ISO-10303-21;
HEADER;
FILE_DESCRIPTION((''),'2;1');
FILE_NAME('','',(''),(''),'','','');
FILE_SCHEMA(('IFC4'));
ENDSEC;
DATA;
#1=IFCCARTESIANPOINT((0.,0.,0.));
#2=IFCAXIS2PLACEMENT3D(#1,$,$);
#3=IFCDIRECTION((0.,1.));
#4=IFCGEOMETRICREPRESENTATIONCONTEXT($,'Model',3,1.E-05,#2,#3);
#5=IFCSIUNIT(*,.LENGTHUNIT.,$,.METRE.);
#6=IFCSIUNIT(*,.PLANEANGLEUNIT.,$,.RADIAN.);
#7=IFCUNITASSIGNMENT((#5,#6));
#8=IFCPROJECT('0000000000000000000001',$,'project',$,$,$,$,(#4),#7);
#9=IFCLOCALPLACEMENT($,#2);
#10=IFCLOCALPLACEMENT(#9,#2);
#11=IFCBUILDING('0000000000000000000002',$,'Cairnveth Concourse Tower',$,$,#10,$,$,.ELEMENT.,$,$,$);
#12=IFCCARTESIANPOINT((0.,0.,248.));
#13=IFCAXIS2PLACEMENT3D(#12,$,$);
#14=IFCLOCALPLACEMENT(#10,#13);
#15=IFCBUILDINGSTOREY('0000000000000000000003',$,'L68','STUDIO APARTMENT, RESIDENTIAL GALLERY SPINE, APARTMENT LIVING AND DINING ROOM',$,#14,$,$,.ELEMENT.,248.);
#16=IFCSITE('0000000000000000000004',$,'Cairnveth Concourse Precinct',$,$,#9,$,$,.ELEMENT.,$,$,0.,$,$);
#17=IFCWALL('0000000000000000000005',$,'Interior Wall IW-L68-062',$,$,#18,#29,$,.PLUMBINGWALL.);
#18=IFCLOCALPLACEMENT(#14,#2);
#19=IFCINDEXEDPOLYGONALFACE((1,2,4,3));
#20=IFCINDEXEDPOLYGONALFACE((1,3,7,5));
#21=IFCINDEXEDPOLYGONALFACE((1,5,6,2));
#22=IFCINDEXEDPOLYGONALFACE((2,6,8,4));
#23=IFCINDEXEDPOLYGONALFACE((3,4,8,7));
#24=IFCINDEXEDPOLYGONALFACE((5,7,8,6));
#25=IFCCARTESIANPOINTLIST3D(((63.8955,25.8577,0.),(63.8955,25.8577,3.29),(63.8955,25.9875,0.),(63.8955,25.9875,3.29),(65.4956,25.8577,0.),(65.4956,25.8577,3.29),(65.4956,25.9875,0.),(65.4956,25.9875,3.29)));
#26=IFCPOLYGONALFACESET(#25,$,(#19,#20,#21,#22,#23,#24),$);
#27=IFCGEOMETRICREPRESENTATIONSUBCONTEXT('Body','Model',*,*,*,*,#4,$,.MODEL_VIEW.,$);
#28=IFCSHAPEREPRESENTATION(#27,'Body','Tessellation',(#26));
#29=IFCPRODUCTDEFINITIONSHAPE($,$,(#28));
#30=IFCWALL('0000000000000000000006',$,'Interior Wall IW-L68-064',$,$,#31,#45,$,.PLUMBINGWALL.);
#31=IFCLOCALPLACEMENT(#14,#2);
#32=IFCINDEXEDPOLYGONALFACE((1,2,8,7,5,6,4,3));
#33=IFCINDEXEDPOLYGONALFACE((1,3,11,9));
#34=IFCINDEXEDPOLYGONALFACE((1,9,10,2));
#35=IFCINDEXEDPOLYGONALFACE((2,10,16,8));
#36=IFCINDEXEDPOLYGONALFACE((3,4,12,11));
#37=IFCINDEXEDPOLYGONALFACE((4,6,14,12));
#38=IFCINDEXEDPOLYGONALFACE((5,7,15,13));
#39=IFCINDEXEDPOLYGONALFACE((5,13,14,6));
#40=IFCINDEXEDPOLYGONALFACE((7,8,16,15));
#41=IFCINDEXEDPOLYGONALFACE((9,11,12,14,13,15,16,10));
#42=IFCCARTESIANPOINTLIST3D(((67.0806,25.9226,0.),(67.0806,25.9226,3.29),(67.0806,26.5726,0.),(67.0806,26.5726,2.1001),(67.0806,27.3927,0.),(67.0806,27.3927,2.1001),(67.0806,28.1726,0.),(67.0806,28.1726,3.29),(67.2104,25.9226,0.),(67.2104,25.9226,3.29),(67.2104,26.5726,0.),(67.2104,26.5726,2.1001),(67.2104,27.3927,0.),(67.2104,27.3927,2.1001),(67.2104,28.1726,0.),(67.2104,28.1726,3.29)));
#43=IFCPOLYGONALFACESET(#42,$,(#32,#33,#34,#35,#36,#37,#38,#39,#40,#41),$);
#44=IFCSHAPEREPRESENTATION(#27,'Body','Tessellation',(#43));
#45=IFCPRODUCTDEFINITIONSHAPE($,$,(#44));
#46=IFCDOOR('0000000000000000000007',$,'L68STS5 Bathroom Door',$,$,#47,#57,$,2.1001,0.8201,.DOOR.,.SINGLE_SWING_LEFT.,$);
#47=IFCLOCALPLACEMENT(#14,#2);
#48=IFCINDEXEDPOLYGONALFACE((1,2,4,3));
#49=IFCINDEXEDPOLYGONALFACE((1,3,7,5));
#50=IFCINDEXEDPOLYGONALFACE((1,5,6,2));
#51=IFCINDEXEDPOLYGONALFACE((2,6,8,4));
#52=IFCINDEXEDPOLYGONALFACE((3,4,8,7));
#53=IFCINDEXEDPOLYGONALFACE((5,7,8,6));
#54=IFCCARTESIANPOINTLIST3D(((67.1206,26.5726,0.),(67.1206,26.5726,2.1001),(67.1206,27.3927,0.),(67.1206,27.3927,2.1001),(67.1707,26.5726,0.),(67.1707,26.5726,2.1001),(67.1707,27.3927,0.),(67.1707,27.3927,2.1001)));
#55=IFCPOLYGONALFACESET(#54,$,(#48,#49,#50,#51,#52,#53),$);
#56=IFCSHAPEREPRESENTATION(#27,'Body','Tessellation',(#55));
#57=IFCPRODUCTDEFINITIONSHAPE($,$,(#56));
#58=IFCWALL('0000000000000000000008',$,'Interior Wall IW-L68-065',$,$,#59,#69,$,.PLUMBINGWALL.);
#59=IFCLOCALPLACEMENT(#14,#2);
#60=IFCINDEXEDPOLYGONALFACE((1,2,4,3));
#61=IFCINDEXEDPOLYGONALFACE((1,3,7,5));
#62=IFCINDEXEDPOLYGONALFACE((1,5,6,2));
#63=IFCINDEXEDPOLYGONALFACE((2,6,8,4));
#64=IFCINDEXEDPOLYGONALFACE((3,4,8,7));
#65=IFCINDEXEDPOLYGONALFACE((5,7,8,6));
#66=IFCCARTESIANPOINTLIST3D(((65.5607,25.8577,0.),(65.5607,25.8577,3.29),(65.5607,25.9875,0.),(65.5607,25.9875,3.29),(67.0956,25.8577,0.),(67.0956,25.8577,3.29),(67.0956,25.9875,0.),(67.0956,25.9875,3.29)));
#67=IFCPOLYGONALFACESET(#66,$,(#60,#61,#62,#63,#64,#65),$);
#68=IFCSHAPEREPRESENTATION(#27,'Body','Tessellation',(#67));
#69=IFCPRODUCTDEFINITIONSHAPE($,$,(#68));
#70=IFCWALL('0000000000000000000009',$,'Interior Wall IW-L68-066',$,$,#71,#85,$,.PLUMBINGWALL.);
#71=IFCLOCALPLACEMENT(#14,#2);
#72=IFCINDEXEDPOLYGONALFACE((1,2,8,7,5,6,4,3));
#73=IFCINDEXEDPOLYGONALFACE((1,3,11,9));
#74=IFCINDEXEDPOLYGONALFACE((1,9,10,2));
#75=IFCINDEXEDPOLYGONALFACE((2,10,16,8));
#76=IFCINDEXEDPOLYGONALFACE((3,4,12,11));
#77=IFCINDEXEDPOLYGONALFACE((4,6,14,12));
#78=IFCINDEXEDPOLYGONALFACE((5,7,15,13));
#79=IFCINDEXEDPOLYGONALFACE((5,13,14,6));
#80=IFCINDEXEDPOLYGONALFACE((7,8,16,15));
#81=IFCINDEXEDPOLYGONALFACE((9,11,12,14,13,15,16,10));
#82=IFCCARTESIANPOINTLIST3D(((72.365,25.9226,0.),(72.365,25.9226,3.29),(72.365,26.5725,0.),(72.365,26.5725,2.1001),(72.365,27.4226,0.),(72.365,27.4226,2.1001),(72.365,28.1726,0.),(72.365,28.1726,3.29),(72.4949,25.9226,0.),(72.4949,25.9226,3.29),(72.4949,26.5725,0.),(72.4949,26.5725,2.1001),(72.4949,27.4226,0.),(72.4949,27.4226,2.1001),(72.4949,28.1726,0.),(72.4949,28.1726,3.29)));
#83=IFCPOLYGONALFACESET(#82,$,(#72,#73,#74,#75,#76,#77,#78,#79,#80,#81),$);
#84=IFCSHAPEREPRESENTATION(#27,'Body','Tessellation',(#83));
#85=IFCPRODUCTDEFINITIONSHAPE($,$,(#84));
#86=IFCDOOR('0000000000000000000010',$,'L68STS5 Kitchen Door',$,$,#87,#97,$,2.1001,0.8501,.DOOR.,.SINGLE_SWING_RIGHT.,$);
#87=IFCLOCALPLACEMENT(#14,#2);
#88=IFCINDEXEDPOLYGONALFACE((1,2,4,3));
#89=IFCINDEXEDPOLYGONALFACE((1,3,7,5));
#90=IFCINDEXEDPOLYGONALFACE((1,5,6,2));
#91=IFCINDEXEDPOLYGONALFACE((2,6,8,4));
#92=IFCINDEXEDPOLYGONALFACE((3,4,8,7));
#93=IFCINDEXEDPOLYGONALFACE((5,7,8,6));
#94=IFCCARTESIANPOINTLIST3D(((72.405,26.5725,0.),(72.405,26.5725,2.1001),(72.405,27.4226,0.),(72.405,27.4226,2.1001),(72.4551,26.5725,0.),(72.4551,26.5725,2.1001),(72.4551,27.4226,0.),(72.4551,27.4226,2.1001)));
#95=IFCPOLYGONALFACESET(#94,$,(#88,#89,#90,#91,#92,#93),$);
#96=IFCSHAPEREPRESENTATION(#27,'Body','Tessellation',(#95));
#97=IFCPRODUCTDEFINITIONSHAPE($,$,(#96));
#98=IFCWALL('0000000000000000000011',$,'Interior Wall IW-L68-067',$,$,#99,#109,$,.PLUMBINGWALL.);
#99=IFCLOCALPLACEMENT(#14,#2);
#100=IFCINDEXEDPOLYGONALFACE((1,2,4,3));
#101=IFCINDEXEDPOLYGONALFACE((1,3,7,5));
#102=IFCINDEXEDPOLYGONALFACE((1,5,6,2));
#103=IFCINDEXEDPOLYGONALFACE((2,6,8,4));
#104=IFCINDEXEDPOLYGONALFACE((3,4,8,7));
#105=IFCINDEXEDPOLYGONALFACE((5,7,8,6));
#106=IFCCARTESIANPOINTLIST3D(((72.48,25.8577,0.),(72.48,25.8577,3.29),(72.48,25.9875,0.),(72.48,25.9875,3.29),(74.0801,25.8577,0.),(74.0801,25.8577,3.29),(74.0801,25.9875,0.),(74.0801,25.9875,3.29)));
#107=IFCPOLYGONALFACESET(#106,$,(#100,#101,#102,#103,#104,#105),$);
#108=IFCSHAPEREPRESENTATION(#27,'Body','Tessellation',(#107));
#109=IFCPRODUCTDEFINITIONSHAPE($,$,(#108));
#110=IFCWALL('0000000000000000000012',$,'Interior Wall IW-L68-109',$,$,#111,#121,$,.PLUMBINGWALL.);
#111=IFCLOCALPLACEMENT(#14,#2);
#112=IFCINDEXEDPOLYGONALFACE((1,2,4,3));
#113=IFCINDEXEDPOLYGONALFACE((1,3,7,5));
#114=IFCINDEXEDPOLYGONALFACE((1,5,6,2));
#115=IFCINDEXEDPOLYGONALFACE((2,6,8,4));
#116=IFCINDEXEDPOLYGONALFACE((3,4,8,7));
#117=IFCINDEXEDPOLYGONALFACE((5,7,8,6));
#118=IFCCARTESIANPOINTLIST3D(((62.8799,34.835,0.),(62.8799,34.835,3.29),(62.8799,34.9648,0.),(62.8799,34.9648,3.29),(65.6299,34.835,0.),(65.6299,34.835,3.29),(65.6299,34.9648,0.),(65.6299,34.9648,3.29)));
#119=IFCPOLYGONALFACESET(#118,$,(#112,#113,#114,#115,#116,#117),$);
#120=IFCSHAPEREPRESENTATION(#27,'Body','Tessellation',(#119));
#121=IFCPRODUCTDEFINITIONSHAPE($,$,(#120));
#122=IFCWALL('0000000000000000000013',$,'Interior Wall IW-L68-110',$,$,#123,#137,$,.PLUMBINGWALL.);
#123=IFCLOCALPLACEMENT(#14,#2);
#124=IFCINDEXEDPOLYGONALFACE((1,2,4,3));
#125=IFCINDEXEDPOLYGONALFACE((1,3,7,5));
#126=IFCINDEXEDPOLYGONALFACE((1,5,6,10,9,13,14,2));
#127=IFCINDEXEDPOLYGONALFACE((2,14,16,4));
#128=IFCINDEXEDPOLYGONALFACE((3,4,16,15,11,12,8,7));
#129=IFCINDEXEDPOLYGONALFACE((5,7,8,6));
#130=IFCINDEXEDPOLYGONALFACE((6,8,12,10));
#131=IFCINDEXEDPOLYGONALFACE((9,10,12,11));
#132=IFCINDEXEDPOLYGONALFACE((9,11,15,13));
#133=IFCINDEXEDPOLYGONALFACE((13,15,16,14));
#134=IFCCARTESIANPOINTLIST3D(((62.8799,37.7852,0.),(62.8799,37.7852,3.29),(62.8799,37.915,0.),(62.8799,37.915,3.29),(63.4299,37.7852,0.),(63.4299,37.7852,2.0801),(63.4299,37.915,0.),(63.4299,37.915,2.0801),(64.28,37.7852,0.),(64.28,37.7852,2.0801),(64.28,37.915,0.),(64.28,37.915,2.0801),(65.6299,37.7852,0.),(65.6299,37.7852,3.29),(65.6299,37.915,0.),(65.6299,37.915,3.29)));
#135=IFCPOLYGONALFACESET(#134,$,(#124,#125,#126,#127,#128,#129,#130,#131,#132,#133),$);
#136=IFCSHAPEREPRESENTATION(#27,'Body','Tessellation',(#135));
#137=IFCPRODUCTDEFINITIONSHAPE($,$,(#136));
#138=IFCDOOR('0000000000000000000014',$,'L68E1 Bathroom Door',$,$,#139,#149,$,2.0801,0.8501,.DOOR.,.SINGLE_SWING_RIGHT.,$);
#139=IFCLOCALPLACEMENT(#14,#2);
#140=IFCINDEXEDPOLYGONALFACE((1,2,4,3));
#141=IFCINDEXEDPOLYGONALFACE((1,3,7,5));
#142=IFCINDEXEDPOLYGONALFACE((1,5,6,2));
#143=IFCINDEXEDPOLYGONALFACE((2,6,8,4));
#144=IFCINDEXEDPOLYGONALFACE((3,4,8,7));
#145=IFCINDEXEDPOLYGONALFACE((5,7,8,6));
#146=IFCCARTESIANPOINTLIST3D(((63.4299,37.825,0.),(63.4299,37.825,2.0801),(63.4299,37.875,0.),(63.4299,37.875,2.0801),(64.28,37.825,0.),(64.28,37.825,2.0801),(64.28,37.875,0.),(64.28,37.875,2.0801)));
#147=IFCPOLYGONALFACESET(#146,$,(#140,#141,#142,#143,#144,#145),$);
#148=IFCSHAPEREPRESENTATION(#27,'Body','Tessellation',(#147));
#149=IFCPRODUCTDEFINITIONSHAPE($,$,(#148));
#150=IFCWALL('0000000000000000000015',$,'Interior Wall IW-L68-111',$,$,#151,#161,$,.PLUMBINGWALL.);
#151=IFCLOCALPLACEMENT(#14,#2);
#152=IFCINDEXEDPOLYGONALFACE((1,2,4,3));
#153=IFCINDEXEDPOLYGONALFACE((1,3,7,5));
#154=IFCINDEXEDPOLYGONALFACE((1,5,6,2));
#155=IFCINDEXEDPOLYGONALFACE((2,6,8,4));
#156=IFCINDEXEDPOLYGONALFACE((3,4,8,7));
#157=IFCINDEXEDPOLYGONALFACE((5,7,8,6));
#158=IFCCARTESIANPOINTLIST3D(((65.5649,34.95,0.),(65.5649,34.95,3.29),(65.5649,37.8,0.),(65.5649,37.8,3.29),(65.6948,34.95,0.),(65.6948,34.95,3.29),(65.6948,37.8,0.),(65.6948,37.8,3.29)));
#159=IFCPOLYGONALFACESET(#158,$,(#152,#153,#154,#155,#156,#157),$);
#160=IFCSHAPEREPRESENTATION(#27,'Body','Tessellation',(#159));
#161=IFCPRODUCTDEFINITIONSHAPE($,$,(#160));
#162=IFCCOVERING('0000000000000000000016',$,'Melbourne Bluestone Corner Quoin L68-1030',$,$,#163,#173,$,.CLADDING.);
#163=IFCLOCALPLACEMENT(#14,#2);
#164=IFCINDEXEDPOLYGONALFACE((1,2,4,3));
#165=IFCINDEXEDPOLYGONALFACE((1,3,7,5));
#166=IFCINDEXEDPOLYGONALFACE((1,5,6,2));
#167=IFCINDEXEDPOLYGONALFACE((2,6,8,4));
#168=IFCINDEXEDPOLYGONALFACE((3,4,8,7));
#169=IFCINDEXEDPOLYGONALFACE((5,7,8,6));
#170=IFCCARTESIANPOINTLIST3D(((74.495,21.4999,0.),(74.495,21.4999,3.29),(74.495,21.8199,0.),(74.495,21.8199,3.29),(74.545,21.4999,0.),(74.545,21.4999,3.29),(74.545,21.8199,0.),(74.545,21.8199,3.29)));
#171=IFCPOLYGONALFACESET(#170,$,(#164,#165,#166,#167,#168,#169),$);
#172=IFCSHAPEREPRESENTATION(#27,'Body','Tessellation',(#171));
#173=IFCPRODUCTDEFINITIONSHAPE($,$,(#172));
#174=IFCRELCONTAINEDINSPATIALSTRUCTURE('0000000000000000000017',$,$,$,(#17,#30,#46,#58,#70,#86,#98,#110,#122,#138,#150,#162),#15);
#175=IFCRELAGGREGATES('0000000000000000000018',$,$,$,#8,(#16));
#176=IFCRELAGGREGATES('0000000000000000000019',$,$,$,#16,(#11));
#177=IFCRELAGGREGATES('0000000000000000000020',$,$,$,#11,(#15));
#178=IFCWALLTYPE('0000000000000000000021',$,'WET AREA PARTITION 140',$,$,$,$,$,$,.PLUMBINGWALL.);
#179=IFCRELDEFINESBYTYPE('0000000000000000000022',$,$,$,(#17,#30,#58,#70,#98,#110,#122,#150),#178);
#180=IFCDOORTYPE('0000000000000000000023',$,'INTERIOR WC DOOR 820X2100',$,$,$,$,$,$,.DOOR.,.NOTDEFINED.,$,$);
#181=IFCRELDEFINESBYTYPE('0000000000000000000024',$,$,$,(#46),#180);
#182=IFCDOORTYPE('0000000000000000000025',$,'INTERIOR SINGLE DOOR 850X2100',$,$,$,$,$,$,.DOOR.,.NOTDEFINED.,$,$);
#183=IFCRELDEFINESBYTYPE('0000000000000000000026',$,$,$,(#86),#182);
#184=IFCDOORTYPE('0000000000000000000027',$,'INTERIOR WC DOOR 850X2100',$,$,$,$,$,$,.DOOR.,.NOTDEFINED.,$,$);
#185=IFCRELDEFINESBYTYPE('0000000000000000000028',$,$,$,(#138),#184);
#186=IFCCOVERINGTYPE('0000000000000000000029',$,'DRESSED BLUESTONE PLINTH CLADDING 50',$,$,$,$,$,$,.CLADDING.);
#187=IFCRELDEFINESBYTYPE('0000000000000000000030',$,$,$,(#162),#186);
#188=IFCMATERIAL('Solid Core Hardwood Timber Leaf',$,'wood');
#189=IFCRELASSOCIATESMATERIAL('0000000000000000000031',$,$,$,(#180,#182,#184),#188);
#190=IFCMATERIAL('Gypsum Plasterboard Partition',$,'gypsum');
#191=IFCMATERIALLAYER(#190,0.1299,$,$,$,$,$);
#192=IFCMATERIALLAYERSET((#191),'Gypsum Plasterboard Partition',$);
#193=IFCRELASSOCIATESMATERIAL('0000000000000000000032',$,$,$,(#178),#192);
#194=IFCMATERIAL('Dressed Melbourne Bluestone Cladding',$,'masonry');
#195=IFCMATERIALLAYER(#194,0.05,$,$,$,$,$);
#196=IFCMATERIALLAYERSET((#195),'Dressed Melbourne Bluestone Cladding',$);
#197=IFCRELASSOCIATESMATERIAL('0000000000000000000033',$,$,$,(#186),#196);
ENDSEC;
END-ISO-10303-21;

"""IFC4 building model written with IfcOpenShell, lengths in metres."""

from ifc_helpers import new_model, si_unit, direction, frame, frame_2d, origin, place, context, subcontext, project, spatial, rectangle, extrude, material, layer, layer_set, type_object, element, fill, save


model = new_model("IFC4")

# Units and contexts
model_context = context("Model", 3, precision=1e-05, world=origin(), true_north=direction((0.0, 1.0)))
body_context = subcontext(model_context, "Body", "Model", "MODEL_VIEW")
ifc_project = project(units=[si_unit("LENGTHUNIT", "METRE"), si_unit("PLANEANGLEUNIT", "RADIAN")], contexts=[model_context])

# Site, building, storey
site_placement = place(None, origin())
site = spatial("IfcSite", under=ifc_project, at=site_placement, Name="Cairnveth Concourse Precinct", CompositionType="ELEMENT", RefElevation=0.0)
building_placement = place(site_placement, origin())
building = spatial("IfcBuilding", under=site, at=building_placement, Name="Cairnveth Concourse Tower", CompositionType="ELEMENT")
storey_placement = place(building_placement, frame((0.0, 0.0, 248.0)))
storey = spatial("IfcBuildingStorey", under=building, at=storey_placement, Name="L68", Description="STUDIO APARTMENT, RESIDENTIAL GALLERY SPINE, APARTMENT LIVING AND DINING ROOM", CompositionType="ELEMENT", Elevation=248.0)

# Shared definitions
ifc_material_1 = material(Name="Gypsum Plasterboard Partition", Category="gypsum")
ifc_material_2 = material(Name="Solid Core Hardwood Timber Leaf", Category="wood")
door_type_1 = type_object("IfcDoorType", Name="INTERIOR WC DOOR 820X2100", OperationType="NOTDEFINED", PredefinedType="DOOR", material=ifc_material_2)
ifc_layer_1 = layer(ifc_material_1, 0.1299)
ifc_layer_set_1 = layer_set([ifc_layer_1], Name="Gypsum Plasterboard Partition")
wall_type_1 = type_object("IfcWallType", Name="WET AREA PARTITION 140", PredefinedType="PLUMBINGWALL", material=ifc_layer_set_1)
door_type_2 = type_object("IfcDoorType", Name="INTERIOR SINGLE DOOR 850X2100", OperationType="NOTDEFINED", PredefinedType="DOOR", material=ifc_material_2)

# Wall
wall_1_placement = place(storey_placement, frame((63.8955, 25.9226, 0.0), z_axis=(0.0, 0.0, 1.0), x_axis=(1.0, 0.0, 0.0)))
element("IfcWall", 1, at=wall_1_placement, inside=storey, type_object=wall_type_1, Name="Interior Wall IW-L68-062", PredefinedType="PLUMBINGWALL", context=body_context, shape_type="SweptSolid", body=[
    extrude(rectangle(XDim=1.6001, YDim=0.1299, at=frame_2d((0.8, 0.0))), origin(), (0.0, 0.0, 1.0), 3.29),
])

# Wall, opening, door
wall_2_placement = place(storey_placement, frame((67.1455, 25.9226, 0.0), z_axis=(0.0, 0.0, 1.0), x_axis=(0.0, 1.0, 0.0)))
wall_2 = element("IfcWall", 2, at=wall_2_placement, inside=storey, type_object=wall_type_1, Name="Interior Wall IW-L68-064", PredefinedType="PLUMBINGWALL", context=body_context, shape_type="SweptSolid", body=[
    extrude(rectangle(XDim=2.25, YDim=0.1299, at=frame_2d((1.125, 0.0))), origin(), (0.0, 0.0, 1.0), 3.29),
])
opening_1_placement = place(wall_2_placement, frame((0.6499, 0.0, 0.0)))
opening_1 = element("IfcOpeningElement", 3, at=opening_1_placement, cuts=wall_2, PredefinedType="OPENING", context=body_context, shape_type="SweptSolid", body=[
    extrude(rectangle(XDim=0.8201, YDim=2.1001, at=frame_2d((0.4102, 1.05))), frame((0.0, 0.075, 0.0), z_axis=(0.0, -1.0, 0.0), x_axis=(1.0, 0.0, 0.0)), (0.0, 0.0, 1.0), 0.1499),
])
door_1_placement = place(opening_1_placement, origin())
door_1 = element("IfcDoor", 4, at=door_1_placement, inside=storey, type_object=door_type_1, Name="L68STS5 Bathroom Door", OperationType="SINGLE_SWING_LEFT", OverallHeight=2.1001, OverallWidth=0.8201, PredefinedType="DOOR", context=body_context, shape_type="SweptSolid", body=[
    extrude(rectangle(XDim=0.8201, YDim=2.1001, at=frame_2d((0.4102, 1.05))), frame((0.0, 0.0249, 0.0), z_axis=(0.0, -1.0, 0.0), x_axis=(1.0, 0.0, 0.0)), (0.0, 0.0, 1.0), 0.05),
])
fill(opening_1, door_1)

# Wall
wall_3_placement = place(storey_placement, frame((65.5605, 25.9226, 0.0), z_axis=(0.0, 0.0, 1.0), x_axis=(1.0, 0.0, 0.0)))
element("IfcWall", 5, at=wall_3_placement, inside=storey, type_object=wall_type_1, Name="Interior Wall IW-L68-065", PredefinedType="PLUMBINGWALL", context=body_context, shape_type="SweptSolid", body=[
    extrude(rectangle(XDim=1.5349, YDim=0.1299, at=frame_2d((0.7676, 0.0))), origin(), (0.0, 0.0, 1.0), 3.29),
])

# Wall, opening, door
wall_4_placement = place(storey_placement, frame((72.4299, 25.9226, 0.0), z_axis=(0.0, 0.0, 1.0), x_axis=(0.0, 1.0, 0.0)))
wall_4 = element("IfcWall", 6, at=wall_4_placement, inside=storey, type_object=wall_type_1, Name="Interior Wall IW-L68-066", PredefinedType="PLUMBINGWALL", context=body_context, shape_type="SweptSolid", body=[
    extrude(rectangle(XDim=2.25, YDim=0.1299, at=frame_2d((1.125, 0.0))), origin(), (0.0, 0.0, 1.0), 3.29),
])
opening_2_placement = place(wall_4_placement, frame((0.6499, 0.0, 0.0)))
opening_2 = element("IfcOpeningElement", 7, at=opening_2_placement, cuts=wall_4, PredefinedType="OPENING", context=body_context, shape_type="SweptSolid", body=[
    extrude(rectangle(XDim=0.8501, YDim=2.1001, at=frame_2d((0.425, 1.05))), frame((0.0, 0.075, 0.0), z_axis=(0.0, -1.0, 0.0), x_axis=(1.0, 0.0, 0.0)), (0.0, 0.0, 1.0), 0.1499),
])
door_2_placement = place(opening_2_placement, origin())
door_2 = element("IfcDoor", 8, at=door_2_placement, inside=storey, type_object=door_type_2, Name="L68STS5 Kitchen Door", OperationType="SINGLE_SWING_RIGHT", OverallHeight=2.1001, OverallWidth=0.8501, PredefinedType="DOOR", context=body_context, shape_type="SweptSolid", body=[
    extrude(rectangle(XDim=0.8501, YDim=2.1001, at=frame_2d((0.425, 1.05))), frame((0.0, 0.0249, 0.0), z_axis=(0.0, -1.0, 0.0), x_axis=(1.0, 0.0, 0.0)), (0.0, 0.0, 1.0), 0.05),
])
fill(opening_2, door_2)

# Walls
wall_5_placement = place(storey_placement, frame((72.48, 25.9226, 0.0), z_axis=(0.0, 0.0, 1.0), x_axis=(1.0, 0.0, 0.0)))
element("IfcWall", 9, at=wall_5_placement, inside=storey, type_object=wall_type_1, Name="Interior Wall IW-L68-067", PredefinedType="PLUMBINGWALL", context=body_context, shape_type="SweptSolid", body=[
    extrude(rectangle(XDim=1.6001, YDim=0.1299, at=frame_2d((0.8, 0.0))), origin(), (0.0, 0.0, 1.0), 3.29),
])
wall_6_placement = place(storey_placement, frame((62.8799, 34.8999, 0.0), z_axis=(0.0, 0.0, 1.0), x_axis=(1.0, 0.0, 0.0)))
element("IfcWall", 10, at=wall_6_placement, inside=storey, type_object=wall_type_1, Name="Interior Wall IW-L68-109", PredefinedType="PLUMBINGWALL", context=body_context, shape_type="SweptSolid", body=[
    extrude(rectangle(XDim=2.75, YDim=0.1299, at=frame_2d((1.375, 0.0))), origin(), (0.0, 0.0, 1.0), 3.29),
])

# Wall, opening, door
wall_7_placement = place(storey_placement, frame((62.8799, 37.8501, 0.0), z_axis=(0.0, 0.0, 1.0), x_axis=(1.0, 0.0, 0.0)))
wall_7 = element("IfcWall", 11, at=wall_7_placement, inside=storey, type_object=wall_type_1, Name="Interior Wall IW-L68-110", PredefinedType="PLUMBINGWALL", context=body_context, shape_type="SweptSolid", body=[
    extrude(rectangle(XDim=2.75, YDim=0.1299, at=frame_2d((1.375, 0.0))), origin(), (0.0, 0.0, 1.0), 3.29),
])
opening_3_placement = place(wall_7_placement, frame((0.55, 0.0, 0.0)))
opening_3 = element("IfcOpeningElement", 12, at=opening_3_placement, cuts=wall_7, PredefinedType="OPENING", context=body_context, shape_type="SweptSolid", body=[
    extrude(rectangle(XDim=0.8501, YDim=2.0801, at=frame_2d((0.425, 1.04))), frame((0.0, 0.075, 0.0), z_axis=(0.0, -1.0, 0.0), x_axis=(1.0, 0.0, 0.0)), (0.0, 0.0, 1.0), 0.1499),
])
door_type_3 = type_object("IfcDoorType", Name="INTERIOR WC DOOR 850X2100", OperationType="NOTDEFINED", PredefinedType="DOOR", material=ifc_material_2)
door_3_placement = place(opening_3_placement, origin())
door_3 = element("IfcDoor", 13, at=door_3_placement, inside=storey, type_object=door_type_3, Name="L68E1 Bathroom Door", OperationType="SINGLE_SWING_RIGHT", OverallHeight=2.0801, OverallWidth=0.8501, PredefinedType="DOOR", context=body_context, shape_type="SweptSolid", body=[
    extrude(rectangle(XDim=0.8501, YDim=2.0801, at=frame_2d((0.425, 1.04))), frame((0.0, 0.0249, 0.0), z_axis=(0.0, -1.0, 0.0), x_axis=(1.0, 0.0, 0.0)), (0.0, 0.0, 1.0), 0.05),
])
fill(opening_3, door_3)

# Wall
wall_8_placement = place(storey_placement, frame((65.6299, 34.95, 0.0), z_axis=(0.0, 0.0, 1.0), x_axis=(0.0, 1.0, 0.0)))
element("IfcWall", 14, at=wall_8_placement, inside=storey, type_object=wall_type_1, Name="Interior Wall IW-L68-111", PredefinedType="PLUMBINGWALL", context=body_context, shape_type="SweptSolid", body=[
    extrude(rectangle(XDim=2.8501, YDim=0.1299, at=frame_2d((1.425, 0.0))), origin(), (0.0, 0.0, 1.0), 3.29),
])

# Covering
ifc_material_3 = material(Name="Dressed Melbourne Bluestone Cladding", Category="masonry")
ifc_layer_2 = layer(ifc_material_3, 0.05)
ifc_layer_set_2 = layer_set([ifc_layer_2], Name="Dressed Melbourne Bluestone Cladding")
covering_type = type_object("IfcCoveringType", Name="DRESSED BLUESTONE PLINTH CLADDING 50", PredefinedType="CLADDING", material=ifc_layer_set_2)
for number, where, z_axis, x_axis, name in (
    (15, (74.52, 21.8201, 0.0), (0.0, 0.0, 1.0), (0.0, -1.0, 0.0), "Melbourne Bluestone Corner Quoin L68-1030"),
):
    element("IfcCovering", number, at=place(storey_placement, frame(where, z_axis=z_axis, x_axis=x_axis)), inside=storey, type_object=covering_type, Name=name, PredefinedType="CLADDING", context=body_context, shape_type="SweptSolid", body=[
        extrude(rectangle(XDim=0.3201, YDim=0.05, at=frame_2d((0.1602, 0.0))), origin(), (0.0, 0.0, 1.0), 3.29),
    ])

save(model, "model.ifc")
